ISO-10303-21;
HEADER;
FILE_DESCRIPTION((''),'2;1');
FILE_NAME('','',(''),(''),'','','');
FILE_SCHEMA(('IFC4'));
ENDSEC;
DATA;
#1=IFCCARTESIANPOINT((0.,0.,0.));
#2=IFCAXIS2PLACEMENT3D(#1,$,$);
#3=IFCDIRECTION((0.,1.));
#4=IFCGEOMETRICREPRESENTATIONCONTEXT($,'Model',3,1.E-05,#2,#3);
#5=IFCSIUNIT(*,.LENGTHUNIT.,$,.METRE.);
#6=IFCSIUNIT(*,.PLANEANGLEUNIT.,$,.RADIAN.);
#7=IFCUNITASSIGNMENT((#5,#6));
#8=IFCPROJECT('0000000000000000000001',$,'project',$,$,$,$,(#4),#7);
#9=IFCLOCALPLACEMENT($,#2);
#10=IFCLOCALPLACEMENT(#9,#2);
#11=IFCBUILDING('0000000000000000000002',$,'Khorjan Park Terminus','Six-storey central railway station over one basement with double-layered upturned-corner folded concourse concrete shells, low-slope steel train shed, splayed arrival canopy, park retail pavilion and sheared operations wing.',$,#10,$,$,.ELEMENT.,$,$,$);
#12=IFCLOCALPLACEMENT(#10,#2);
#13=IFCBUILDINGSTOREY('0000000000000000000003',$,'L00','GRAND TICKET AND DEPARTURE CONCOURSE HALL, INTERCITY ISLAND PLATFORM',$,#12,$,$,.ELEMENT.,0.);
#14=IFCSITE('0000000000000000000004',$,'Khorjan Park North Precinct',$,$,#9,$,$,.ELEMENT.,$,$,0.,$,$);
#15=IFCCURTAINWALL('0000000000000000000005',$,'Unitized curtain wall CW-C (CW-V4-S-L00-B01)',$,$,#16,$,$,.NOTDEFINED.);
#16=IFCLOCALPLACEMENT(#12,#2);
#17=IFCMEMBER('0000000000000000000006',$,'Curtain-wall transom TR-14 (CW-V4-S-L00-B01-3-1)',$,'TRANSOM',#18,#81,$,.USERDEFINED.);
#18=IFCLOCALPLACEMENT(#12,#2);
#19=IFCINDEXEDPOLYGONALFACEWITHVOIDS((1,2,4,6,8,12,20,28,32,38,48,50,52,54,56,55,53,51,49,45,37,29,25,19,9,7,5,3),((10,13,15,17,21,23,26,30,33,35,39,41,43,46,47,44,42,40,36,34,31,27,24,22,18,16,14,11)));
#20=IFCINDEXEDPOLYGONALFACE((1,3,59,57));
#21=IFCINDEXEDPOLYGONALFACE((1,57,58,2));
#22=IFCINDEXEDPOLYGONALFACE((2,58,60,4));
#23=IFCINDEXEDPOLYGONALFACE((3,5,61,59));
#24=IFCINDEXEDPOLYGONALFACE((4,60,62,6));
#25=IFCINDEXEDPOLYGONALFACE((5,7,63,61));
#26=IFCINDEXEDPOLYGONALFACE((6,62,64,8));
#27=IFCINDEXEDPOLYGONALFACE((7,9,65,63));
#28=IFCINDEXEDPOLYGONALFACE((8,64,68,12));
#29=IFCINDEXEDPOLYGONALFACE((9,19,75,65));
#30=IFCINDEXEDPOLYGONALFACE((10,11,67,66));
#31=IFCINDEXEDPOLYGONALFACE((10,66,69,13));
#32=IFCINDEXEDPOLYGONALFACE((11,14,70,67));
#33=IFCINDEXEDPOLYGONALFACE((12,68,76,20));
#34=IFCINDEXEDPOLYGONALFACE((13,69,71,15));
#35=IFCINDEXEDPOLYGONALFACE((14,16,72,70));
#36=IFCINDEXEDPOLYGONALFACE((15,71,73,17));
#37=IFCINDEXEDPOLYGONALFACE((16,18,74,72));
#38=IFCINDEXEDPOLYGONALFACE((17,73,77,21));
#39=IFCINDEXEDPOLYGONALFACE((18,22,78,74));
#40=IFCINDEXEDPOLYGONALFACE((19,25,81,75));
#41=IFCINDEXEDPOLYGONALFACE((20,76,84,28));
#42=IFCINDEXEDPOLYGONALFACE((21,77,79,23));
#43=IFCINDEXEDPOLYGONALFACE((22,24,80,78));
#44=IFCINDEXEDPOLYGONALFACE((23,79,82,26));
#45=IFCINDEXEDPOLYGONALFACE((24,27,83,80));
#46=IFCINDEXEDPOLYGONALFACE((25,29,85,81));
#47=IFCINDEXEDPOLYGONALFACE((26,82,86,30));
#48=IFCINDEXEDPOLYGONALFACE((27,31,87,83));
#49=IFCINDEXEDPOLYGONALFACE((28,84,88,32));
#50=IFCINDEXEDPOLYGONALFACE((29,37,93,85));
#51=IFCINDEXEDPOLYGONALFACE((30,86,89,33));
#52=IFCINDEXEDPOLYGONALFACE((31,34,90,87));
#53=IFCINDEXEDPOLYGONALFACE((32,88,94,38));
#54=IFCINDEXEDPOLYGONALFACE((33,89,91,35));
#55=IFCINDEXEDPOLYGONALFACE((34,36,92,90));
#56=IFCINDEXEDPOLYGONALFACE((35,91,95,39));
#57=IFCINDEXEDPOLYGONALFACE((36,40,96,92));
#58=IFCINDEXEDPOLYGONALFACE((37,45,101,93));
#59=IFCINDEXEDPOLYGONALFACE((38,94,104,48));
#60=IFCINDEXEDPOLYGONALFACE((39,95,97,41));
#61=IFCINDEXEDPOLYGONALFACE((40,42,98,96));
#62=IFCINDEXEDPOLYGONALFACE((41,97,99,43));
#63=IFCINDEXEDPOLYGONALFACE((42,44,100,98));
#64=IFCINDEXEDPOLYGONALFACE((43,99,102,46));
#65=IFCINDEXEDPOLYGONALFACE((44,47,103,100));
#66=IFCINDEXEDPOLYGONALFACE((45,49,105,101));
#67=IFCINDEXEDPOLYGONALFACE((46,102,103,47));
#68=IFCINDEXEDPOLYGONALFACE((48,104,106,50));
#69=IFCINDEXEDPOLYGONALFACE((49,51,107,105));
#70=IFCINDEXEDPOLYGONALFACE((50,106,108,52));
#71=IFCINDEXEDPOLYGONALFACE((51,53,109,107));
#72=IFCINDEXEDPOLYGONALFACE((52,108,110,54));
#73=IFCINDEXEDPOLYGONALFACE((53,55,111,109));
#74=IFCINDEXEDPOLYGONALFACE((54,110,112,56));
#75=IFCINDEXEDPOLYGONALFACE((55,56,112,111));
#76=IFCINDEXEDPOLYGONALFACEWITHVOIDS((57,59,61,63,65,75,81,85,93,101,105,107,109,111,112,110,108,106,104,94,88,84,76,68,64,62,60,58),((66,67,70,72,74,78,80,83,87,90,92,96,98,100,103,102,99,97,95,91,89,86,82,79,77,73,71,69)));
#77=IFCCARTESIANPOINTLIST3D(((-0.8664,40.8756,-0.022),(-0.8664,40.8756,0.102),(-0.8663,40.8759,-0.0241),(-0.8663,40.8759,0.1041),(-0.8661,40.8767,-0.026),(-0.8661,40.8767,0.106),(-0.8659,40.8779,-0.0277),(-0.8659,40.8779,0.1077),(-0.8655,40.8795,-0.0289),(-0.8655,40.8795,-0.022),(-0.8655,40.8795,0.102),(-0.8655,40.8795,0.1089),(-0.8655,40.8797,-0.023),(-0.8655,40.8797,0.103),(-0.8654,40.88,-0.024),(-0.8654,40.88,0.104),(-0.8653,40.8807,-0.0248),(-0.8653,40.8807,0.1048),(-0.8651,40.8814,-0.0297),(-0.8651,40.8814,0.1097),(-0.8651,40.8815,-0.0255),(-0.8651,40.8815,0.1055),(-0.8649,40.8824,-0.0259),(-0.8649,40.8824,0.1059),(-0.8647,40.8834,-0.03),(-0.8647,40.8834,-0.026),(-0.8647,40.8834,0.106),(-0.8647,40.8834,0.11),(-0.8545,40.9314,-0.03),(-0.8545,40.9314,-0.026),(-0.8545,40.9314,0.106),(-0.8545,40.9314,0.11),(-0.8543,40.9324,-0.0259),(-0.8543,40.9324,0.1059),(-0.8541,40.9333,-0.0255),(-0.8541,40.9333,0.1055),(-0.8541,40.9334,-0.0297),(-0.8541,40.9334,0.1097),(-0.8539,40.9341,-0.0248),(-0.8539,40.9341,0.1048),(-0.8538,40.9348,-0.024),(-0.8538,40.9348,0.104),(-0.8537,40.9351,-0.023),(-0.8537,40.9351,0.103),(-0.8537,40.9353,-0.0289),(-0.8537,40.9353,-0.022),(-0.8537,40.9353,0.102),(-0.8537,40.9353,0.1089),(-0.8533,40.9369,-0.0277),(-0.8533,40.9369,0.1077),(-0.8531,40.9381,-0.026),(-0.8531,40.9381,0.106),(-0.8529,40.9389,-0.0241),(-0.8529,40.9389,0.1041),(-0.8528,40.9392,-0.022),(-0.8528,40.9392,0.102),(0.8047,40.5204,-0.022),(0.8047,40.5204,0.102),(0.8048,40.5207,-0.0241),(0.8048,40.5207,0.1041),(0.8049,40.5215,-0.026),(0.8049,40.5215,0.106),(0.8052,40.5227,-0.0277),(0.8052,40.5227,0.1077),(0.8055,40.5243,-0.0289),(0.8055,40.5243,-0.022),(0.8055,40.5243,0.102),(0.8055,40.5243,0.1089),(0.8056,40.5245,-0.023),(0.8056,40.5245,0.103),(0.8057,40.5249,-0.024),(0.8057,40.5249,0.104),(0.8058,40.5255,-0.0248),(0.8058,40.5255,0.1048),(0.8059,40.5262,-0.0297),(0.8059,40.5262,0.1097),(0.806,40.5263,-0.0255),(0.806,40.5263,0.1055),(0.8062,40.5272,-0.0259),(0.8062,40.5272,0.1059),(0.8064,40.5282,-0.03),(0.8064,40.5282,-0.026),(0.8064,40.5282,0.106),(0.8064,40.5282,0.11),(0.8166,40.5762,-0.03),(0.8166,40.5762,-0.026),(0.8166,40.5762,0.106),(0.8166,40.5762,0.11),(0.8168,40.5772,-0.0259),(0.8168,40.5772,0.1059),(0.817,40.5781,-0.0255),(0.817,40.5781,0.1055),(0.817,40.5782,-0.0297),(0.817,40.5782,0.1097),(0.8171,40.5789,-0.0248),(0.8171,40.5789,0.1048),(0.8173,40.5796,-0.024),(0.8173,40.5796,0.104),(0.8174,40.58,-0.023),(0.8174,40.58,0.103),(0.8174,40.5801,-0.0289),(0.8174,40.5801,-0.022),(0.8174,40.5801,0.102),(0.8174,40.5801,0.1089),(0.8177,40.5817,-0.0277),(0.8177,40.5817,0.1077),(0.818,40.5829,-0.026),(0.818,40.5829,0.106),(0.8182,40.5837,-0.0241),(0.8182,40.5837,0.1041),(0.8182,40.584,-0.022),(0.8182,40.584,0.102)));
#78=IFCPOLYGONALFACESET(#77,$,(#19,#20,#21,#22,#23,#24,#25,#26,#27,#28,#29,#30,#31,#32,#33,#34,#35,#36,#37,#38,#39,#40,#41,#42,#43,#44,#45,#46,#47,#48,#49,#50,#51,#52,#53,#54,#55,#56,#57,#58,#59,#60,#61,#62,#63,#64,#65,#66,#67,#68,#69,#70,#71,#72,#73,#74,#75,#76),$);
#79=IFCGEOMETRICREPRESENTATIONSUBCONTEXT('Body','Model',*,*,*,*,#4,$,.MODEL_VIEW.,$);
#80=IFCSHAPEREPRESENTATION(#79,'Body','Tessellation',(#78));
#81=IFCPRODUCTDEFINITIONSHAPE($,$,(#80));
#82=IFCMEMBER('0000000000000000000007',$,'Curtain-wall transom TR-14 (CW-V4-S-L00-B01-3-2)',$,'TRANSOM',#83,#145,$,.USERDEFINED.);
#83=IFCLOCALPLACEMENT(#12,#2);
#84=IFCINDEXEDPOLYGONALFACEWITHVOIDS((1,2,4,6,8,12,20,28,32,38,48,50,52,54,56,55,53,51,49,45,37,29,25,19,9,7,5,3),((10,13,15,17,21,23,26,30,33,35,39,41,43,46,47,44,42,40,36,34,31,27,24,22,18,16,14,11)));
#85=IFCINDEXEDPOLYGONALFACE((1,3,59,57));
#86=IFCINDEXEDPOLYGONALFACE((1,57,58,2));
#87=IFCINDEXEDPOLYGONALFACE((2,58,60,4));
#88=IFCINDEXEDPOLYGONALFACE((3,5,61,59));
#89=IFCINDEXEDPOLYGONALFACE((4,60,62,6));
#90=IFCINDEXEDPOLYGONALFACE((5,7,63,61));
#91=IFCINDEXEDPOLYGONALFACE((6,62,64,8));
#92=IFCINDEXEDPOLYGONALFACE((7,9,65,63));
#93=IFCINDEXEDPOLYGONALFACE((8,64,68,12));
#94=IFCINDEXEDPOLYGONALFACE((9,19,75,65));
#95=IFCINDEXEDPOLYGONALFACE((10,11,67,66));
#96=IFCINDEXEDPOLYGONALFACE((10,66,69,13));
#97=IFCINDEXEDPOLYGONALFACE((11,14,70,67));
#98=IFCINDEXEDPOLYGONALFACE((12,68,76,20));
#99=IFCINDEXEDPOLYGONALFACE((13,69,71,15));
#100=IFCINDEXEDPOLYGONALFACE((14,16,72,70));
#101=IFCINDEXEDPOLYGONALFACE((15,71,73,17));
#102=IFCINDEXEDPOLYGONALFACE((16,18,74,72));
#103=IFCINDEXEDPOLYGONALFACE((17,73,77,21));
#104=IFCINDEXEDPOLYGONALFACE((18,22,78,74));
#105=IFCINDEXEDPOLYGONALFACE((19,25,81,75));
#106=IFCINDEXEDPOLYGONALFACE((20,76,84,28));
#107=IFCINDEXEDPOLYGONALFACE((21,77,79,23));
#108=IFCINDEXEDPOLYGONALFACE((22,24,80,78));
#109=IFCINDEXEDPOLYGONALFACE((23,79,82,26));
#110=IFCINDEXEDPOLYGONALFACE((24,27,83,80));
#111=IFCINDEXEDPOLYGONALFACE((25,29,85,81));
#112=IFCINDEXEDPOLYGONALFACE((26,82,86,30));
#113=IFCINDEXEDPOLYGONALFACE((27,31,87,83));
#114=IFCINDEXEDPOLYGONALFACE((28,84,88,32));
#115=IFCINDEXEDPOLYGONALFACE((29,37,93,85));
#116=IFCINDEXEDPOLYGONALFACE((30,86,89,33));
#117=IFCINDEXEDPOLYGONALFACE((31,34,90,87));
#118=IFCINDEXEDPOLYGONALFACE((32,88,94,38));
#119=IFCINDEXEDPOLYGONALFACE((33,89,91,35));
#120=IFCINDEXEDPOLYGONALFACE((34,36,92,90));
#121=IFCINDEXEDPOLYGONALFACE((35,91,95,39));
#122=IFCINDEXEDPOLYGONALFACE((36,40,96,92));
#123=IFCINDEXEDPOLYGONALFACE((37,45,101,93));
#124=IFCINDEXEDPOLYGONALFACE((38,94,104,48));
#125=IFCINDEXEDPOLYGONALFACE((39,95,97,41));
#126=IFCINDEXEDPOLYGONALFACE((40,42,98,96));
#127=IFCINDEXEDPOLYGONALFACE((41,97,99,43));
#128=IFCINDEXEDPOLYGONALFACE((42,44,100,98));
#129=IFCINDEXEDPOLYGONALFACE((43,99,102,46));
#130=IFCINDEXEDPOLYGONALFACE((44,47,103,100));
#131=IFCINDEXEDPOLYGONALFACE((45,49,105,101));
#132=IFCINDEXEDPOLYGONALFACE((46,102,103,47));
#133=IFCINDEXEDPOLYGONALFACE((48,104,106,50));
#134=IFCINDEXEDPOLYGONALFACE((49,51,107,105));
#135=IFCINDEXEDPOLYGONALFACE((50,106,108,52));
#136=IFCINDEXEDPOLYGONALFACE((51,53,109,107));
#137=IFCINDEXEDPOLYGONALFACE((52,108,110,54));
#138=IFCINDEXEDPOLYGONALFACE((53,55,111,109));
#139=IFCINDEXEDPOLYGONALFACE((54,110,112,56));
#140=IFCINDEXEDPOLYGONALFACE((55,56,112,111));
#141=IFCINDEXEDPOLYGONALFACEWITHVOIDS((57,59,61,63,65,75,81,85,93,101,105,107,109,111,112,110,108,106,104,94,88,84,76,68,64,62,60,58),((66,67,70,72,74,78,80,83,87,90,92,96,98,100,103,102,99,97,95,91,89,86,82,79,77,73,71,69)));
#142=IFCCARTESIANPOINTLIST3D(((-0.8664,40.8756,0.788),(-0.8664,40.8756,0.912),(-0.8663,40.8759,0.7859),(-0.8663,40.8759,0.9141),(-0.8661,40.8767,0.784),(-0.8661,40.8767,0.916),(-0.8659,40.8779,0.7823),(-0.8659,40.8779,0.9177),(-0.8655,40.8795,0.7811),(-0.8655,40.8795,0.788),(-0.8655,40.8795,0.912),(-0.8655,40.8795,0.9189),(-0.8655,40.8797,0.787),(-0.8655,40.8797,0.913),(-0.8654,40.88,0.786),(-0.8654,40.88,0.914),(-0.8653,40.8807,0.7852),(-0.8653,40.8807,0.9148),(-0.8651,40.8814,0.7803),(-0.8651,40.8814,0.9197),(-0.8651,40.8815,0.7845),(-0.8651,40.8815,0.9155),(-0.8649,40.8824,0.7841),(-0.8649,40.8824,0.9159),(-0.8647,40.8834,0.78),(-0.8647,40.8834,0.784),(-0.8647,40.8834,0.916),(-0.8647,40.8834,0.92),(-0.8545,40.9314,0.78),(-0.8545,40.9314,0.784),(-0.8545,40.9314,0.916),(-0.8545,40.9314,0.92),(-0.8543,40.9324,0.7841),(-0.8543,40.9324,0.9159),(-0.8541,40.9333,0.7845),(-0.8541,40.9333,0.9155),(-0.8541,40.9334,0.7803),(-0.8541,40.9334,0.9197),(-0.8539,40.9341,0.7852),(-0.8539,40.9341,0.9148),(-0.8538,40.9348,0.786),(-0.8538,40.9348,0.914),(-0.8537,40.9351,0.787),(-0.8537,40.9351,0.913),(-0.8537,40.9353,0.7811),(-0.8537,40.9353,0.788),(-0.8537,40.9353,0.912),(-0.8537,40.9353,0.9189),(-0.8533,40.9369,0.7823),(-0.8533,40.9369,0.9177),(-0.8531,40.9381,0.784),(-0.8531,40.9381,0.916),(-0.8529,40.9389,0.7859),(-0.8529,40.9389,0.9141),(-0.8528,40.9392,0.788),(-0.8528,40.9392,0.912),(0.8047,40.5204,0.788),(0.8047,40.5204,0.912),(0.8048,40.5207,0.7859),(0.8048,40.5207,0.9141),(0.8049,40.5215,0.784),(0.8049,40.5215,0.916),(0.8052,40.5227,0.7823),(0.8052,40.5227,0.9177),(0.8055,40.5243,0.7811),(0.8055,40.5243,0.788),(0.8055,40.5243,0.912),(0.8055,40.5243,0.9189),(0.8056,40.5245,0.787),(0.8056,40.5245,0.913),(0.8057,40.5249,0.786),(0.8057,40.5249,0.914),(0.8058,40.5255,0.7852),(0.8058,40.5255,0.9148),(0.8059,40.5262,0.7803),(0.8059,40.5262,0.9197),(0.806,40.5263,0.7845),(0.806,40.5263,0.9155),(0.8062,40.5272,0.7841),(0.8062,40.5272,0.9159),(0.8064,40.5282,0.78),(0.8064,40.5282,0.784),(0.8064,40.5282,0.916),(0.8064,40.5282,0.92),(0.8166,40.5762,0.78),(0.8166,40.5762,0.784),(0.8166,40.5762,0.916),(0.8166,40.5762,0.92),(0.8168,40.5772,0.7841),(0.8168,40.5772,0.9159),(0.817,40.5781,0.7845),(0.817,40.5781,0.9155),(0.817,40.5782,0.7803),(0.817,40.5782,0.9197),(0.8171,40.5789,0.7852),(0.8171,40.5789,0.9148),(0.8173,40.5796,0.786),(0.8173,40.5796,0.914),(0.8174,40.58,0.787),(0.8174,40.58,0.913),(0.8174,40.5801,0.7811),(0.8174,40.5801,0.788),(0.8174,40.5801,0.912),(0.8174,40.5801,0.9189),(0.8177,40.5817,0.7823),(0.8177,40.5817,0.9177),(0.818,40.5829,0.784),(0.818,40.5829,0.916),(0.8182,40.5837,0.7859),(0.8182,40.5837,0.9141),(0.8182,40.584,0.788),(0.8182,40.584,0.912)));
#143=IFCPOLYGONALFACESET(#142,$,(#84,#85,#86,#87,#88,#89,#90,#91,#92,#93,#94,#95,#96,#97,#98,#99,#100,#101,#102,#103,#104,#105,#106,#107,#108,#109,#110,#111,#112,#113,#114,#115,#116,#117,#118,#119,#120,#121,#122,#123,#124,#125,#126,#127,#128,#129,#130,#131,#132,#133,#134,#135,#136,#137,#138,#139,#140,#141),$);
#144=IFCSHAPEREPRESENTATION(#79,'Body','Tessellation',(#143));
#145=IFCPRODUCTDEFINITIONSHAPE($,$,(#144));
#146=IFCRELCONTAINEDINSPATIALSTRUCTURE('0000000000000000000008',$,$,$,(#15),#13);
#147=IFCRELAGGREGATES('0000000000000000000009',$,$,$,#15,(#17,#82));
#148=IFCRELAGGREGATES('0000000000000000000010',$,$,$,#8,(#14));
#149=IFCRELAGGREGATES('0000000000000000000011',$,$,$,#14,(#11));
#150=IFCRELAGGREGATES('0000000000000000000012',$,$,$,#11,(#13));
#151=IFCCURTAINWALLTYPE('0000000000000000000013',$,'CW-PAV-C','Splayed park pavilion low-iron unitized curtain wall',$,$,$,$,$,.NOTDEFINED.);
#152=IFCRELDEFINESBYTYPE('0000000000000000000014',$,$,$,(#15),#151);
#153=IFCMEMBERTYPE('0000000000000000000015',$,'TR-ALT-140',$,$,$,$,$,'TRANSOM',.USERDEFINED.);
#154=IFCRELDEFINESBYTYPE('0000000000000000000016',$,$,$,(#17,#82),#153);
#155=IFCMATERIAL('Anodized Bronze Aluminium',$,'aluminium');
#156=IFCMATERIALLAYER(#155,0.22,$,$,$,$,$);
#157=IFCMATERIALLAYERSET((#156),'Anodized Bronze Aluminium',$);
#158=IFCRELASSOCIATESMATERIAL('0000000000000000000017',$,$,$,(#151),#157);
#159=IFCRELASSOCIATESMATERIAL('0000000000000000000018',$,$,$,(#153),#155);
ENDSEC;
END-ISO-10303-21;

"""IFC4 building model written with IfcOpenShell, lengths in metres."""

from ifc_helpers import new_model, si_unit, direction, frame, origin, origin_2d, place, context, subcontext, project, spatial, hollow_rectangle, extrude, material, layer, layer_set, material_profile, profile_set, type_object, element, aggregate, save


model = new_model("IFC4")

# Units and contexts
model_context = context("Model", 3, precision=1e-05, world=origin(), true_north=direction((0.0, 1.0)))
body_context = subcontext(model_context, "Body", "Model", "MODEL_VIEW")
ifc_project = project(units=[si_unit("LENGTHUNIT", "METRE"), si_unit("PLANEANGLEUNIT", "RADIAN")], contexts=[model_context])

# Site, building, storey
site_placement = place(None, origin())
site = spatial("IfcSite", under=ifc_project, at=site_placement, Name="Khorjan Park North Precinct", CompositionType="ELEMENT", RefElevation=0.0)
building_placement = place(site_placement, origin())
building = spatial("IfcBuilding", under=site, at=building_placement, Name="Khorjan Park Terminus", Description="Six-storey central railway station over one basement with double-layered upturned-corner folded concourse concrete shells, low-slope steel train shed, splayed arrival canopy, park retail pavilion and sheared operations wing.", CompositionType="ELEMENT")
storey_placement = place(building_placement, origin())
storey = spatial("IfcBuildingStorey", under=building, at=storey_placement, Name="L00", Description="GRAND TICKET AND DEPARTURE CONCOURSE HALL, INTERCITY ISLAND PLATFORM", CompositionType="ELEMENT", Elevation=0.0)

# Curtain wall, members
ifc_material_1 = material(Name="Anodized Bronze Aluminium", Category="aluminium")
ifc_layer_1 = layer(ifc_material_1, 0.22)
ifc_layer_set_1 = layer_set([ifc_layer_1], Name="Anodized Bronze Aluminium")
curtain_wall_type = type_object("IfcCurtainWallType", Name="CW-PAV-C", Description="Splayed park pavilion low-iron unitized curtain wall", PredefinedType="NOTDEFINED", material=ifc_layer_set_1)
curtain_wall_placement = place(storey_placement, origin())
curtain_wall = element("IfcCurtainWall", 1, at=curtain_wall_placement, inside=storey, type_object=curtain_wall_type, Name="Unitized curtain wall CW-C (CW-V4-S-L00-B01)", PredefinedType="NOTDEFINED")
ifc_material_profile_1 = material_profile(ifc_material_1, hollow_rectangle(XDim=0.065, YDim=0.14, WallThickness=0.004, InnerFilletRadius=0.004, OuterFilletRadius=0.008, at=origin_2d()), Name="ALT 65x140x4")
ifc_profile_set_1 = profile_set([ifc_material_profile_1], Name="Anodized Bronze Aluminium")
member_type_1 = type_object("IfcMemberType", Name="TR-ALT-140", ElementType="TRANSOM", PredefinedType="USERDEFINED", material=ifc_profile_set_1)
member_1_placement = place(storey_placement, frame((-0.8596, 40.9074, 0.04), z_axis=(0.978148, -0.20791, 0.0), x_axis=(0.20791, 0.978148, 0.0)))
member_1 = element("IfcMember", 2, at=member_1_placement, type_object=member_type_1, Name="Curtain-wall transom TR-14 (CW-V4-S-L00-B01-3-1)", ObjectType="TRANSOM", PredefinedType="USERDEFINED", context=body_context, shape_type="SweptSolid", body=[
    extrude(hollow_rectangle(XDim=0.065, YDim=0.14, WallThickness=0.004, InnerFilletRadius=0.004, OuterFilletRadius=0.008, at=origin_2d()), origin(), (0.0, 0.0, 1.0), 1.7084),
])
member_2_placement = place(storey_placement, frame((-0.8596, 40.9074, 0.85), z_axis=(0.978148, -0.20791, 0.0), x_axis=(0.20791, 0.978148, 0.0)))
member_2 = element("IfcMember", 3, at=member_2_placement, type_object=member_type_1, Name="Curtain-wall transom TR-14 (CW-V4-S-L00-B01-3-2)", ObjectType="TRANSOM", PredefinedType="USERDEFINED", context=body_context, shape_type="SweptSolid", body=[
    extrude(hollow_rectangle(XDim=0.065, YDim=0.14, WallThickness=0.004, InnerFilletRadius=0.004, OuterFilletRadius=0.008, at=origin_2d()), origin(), (0.0, 0.0, 1.0), 1.7084),
])
aggregate(curtain_wall, [member_1, member_2])

save(model, "model.ifc")
